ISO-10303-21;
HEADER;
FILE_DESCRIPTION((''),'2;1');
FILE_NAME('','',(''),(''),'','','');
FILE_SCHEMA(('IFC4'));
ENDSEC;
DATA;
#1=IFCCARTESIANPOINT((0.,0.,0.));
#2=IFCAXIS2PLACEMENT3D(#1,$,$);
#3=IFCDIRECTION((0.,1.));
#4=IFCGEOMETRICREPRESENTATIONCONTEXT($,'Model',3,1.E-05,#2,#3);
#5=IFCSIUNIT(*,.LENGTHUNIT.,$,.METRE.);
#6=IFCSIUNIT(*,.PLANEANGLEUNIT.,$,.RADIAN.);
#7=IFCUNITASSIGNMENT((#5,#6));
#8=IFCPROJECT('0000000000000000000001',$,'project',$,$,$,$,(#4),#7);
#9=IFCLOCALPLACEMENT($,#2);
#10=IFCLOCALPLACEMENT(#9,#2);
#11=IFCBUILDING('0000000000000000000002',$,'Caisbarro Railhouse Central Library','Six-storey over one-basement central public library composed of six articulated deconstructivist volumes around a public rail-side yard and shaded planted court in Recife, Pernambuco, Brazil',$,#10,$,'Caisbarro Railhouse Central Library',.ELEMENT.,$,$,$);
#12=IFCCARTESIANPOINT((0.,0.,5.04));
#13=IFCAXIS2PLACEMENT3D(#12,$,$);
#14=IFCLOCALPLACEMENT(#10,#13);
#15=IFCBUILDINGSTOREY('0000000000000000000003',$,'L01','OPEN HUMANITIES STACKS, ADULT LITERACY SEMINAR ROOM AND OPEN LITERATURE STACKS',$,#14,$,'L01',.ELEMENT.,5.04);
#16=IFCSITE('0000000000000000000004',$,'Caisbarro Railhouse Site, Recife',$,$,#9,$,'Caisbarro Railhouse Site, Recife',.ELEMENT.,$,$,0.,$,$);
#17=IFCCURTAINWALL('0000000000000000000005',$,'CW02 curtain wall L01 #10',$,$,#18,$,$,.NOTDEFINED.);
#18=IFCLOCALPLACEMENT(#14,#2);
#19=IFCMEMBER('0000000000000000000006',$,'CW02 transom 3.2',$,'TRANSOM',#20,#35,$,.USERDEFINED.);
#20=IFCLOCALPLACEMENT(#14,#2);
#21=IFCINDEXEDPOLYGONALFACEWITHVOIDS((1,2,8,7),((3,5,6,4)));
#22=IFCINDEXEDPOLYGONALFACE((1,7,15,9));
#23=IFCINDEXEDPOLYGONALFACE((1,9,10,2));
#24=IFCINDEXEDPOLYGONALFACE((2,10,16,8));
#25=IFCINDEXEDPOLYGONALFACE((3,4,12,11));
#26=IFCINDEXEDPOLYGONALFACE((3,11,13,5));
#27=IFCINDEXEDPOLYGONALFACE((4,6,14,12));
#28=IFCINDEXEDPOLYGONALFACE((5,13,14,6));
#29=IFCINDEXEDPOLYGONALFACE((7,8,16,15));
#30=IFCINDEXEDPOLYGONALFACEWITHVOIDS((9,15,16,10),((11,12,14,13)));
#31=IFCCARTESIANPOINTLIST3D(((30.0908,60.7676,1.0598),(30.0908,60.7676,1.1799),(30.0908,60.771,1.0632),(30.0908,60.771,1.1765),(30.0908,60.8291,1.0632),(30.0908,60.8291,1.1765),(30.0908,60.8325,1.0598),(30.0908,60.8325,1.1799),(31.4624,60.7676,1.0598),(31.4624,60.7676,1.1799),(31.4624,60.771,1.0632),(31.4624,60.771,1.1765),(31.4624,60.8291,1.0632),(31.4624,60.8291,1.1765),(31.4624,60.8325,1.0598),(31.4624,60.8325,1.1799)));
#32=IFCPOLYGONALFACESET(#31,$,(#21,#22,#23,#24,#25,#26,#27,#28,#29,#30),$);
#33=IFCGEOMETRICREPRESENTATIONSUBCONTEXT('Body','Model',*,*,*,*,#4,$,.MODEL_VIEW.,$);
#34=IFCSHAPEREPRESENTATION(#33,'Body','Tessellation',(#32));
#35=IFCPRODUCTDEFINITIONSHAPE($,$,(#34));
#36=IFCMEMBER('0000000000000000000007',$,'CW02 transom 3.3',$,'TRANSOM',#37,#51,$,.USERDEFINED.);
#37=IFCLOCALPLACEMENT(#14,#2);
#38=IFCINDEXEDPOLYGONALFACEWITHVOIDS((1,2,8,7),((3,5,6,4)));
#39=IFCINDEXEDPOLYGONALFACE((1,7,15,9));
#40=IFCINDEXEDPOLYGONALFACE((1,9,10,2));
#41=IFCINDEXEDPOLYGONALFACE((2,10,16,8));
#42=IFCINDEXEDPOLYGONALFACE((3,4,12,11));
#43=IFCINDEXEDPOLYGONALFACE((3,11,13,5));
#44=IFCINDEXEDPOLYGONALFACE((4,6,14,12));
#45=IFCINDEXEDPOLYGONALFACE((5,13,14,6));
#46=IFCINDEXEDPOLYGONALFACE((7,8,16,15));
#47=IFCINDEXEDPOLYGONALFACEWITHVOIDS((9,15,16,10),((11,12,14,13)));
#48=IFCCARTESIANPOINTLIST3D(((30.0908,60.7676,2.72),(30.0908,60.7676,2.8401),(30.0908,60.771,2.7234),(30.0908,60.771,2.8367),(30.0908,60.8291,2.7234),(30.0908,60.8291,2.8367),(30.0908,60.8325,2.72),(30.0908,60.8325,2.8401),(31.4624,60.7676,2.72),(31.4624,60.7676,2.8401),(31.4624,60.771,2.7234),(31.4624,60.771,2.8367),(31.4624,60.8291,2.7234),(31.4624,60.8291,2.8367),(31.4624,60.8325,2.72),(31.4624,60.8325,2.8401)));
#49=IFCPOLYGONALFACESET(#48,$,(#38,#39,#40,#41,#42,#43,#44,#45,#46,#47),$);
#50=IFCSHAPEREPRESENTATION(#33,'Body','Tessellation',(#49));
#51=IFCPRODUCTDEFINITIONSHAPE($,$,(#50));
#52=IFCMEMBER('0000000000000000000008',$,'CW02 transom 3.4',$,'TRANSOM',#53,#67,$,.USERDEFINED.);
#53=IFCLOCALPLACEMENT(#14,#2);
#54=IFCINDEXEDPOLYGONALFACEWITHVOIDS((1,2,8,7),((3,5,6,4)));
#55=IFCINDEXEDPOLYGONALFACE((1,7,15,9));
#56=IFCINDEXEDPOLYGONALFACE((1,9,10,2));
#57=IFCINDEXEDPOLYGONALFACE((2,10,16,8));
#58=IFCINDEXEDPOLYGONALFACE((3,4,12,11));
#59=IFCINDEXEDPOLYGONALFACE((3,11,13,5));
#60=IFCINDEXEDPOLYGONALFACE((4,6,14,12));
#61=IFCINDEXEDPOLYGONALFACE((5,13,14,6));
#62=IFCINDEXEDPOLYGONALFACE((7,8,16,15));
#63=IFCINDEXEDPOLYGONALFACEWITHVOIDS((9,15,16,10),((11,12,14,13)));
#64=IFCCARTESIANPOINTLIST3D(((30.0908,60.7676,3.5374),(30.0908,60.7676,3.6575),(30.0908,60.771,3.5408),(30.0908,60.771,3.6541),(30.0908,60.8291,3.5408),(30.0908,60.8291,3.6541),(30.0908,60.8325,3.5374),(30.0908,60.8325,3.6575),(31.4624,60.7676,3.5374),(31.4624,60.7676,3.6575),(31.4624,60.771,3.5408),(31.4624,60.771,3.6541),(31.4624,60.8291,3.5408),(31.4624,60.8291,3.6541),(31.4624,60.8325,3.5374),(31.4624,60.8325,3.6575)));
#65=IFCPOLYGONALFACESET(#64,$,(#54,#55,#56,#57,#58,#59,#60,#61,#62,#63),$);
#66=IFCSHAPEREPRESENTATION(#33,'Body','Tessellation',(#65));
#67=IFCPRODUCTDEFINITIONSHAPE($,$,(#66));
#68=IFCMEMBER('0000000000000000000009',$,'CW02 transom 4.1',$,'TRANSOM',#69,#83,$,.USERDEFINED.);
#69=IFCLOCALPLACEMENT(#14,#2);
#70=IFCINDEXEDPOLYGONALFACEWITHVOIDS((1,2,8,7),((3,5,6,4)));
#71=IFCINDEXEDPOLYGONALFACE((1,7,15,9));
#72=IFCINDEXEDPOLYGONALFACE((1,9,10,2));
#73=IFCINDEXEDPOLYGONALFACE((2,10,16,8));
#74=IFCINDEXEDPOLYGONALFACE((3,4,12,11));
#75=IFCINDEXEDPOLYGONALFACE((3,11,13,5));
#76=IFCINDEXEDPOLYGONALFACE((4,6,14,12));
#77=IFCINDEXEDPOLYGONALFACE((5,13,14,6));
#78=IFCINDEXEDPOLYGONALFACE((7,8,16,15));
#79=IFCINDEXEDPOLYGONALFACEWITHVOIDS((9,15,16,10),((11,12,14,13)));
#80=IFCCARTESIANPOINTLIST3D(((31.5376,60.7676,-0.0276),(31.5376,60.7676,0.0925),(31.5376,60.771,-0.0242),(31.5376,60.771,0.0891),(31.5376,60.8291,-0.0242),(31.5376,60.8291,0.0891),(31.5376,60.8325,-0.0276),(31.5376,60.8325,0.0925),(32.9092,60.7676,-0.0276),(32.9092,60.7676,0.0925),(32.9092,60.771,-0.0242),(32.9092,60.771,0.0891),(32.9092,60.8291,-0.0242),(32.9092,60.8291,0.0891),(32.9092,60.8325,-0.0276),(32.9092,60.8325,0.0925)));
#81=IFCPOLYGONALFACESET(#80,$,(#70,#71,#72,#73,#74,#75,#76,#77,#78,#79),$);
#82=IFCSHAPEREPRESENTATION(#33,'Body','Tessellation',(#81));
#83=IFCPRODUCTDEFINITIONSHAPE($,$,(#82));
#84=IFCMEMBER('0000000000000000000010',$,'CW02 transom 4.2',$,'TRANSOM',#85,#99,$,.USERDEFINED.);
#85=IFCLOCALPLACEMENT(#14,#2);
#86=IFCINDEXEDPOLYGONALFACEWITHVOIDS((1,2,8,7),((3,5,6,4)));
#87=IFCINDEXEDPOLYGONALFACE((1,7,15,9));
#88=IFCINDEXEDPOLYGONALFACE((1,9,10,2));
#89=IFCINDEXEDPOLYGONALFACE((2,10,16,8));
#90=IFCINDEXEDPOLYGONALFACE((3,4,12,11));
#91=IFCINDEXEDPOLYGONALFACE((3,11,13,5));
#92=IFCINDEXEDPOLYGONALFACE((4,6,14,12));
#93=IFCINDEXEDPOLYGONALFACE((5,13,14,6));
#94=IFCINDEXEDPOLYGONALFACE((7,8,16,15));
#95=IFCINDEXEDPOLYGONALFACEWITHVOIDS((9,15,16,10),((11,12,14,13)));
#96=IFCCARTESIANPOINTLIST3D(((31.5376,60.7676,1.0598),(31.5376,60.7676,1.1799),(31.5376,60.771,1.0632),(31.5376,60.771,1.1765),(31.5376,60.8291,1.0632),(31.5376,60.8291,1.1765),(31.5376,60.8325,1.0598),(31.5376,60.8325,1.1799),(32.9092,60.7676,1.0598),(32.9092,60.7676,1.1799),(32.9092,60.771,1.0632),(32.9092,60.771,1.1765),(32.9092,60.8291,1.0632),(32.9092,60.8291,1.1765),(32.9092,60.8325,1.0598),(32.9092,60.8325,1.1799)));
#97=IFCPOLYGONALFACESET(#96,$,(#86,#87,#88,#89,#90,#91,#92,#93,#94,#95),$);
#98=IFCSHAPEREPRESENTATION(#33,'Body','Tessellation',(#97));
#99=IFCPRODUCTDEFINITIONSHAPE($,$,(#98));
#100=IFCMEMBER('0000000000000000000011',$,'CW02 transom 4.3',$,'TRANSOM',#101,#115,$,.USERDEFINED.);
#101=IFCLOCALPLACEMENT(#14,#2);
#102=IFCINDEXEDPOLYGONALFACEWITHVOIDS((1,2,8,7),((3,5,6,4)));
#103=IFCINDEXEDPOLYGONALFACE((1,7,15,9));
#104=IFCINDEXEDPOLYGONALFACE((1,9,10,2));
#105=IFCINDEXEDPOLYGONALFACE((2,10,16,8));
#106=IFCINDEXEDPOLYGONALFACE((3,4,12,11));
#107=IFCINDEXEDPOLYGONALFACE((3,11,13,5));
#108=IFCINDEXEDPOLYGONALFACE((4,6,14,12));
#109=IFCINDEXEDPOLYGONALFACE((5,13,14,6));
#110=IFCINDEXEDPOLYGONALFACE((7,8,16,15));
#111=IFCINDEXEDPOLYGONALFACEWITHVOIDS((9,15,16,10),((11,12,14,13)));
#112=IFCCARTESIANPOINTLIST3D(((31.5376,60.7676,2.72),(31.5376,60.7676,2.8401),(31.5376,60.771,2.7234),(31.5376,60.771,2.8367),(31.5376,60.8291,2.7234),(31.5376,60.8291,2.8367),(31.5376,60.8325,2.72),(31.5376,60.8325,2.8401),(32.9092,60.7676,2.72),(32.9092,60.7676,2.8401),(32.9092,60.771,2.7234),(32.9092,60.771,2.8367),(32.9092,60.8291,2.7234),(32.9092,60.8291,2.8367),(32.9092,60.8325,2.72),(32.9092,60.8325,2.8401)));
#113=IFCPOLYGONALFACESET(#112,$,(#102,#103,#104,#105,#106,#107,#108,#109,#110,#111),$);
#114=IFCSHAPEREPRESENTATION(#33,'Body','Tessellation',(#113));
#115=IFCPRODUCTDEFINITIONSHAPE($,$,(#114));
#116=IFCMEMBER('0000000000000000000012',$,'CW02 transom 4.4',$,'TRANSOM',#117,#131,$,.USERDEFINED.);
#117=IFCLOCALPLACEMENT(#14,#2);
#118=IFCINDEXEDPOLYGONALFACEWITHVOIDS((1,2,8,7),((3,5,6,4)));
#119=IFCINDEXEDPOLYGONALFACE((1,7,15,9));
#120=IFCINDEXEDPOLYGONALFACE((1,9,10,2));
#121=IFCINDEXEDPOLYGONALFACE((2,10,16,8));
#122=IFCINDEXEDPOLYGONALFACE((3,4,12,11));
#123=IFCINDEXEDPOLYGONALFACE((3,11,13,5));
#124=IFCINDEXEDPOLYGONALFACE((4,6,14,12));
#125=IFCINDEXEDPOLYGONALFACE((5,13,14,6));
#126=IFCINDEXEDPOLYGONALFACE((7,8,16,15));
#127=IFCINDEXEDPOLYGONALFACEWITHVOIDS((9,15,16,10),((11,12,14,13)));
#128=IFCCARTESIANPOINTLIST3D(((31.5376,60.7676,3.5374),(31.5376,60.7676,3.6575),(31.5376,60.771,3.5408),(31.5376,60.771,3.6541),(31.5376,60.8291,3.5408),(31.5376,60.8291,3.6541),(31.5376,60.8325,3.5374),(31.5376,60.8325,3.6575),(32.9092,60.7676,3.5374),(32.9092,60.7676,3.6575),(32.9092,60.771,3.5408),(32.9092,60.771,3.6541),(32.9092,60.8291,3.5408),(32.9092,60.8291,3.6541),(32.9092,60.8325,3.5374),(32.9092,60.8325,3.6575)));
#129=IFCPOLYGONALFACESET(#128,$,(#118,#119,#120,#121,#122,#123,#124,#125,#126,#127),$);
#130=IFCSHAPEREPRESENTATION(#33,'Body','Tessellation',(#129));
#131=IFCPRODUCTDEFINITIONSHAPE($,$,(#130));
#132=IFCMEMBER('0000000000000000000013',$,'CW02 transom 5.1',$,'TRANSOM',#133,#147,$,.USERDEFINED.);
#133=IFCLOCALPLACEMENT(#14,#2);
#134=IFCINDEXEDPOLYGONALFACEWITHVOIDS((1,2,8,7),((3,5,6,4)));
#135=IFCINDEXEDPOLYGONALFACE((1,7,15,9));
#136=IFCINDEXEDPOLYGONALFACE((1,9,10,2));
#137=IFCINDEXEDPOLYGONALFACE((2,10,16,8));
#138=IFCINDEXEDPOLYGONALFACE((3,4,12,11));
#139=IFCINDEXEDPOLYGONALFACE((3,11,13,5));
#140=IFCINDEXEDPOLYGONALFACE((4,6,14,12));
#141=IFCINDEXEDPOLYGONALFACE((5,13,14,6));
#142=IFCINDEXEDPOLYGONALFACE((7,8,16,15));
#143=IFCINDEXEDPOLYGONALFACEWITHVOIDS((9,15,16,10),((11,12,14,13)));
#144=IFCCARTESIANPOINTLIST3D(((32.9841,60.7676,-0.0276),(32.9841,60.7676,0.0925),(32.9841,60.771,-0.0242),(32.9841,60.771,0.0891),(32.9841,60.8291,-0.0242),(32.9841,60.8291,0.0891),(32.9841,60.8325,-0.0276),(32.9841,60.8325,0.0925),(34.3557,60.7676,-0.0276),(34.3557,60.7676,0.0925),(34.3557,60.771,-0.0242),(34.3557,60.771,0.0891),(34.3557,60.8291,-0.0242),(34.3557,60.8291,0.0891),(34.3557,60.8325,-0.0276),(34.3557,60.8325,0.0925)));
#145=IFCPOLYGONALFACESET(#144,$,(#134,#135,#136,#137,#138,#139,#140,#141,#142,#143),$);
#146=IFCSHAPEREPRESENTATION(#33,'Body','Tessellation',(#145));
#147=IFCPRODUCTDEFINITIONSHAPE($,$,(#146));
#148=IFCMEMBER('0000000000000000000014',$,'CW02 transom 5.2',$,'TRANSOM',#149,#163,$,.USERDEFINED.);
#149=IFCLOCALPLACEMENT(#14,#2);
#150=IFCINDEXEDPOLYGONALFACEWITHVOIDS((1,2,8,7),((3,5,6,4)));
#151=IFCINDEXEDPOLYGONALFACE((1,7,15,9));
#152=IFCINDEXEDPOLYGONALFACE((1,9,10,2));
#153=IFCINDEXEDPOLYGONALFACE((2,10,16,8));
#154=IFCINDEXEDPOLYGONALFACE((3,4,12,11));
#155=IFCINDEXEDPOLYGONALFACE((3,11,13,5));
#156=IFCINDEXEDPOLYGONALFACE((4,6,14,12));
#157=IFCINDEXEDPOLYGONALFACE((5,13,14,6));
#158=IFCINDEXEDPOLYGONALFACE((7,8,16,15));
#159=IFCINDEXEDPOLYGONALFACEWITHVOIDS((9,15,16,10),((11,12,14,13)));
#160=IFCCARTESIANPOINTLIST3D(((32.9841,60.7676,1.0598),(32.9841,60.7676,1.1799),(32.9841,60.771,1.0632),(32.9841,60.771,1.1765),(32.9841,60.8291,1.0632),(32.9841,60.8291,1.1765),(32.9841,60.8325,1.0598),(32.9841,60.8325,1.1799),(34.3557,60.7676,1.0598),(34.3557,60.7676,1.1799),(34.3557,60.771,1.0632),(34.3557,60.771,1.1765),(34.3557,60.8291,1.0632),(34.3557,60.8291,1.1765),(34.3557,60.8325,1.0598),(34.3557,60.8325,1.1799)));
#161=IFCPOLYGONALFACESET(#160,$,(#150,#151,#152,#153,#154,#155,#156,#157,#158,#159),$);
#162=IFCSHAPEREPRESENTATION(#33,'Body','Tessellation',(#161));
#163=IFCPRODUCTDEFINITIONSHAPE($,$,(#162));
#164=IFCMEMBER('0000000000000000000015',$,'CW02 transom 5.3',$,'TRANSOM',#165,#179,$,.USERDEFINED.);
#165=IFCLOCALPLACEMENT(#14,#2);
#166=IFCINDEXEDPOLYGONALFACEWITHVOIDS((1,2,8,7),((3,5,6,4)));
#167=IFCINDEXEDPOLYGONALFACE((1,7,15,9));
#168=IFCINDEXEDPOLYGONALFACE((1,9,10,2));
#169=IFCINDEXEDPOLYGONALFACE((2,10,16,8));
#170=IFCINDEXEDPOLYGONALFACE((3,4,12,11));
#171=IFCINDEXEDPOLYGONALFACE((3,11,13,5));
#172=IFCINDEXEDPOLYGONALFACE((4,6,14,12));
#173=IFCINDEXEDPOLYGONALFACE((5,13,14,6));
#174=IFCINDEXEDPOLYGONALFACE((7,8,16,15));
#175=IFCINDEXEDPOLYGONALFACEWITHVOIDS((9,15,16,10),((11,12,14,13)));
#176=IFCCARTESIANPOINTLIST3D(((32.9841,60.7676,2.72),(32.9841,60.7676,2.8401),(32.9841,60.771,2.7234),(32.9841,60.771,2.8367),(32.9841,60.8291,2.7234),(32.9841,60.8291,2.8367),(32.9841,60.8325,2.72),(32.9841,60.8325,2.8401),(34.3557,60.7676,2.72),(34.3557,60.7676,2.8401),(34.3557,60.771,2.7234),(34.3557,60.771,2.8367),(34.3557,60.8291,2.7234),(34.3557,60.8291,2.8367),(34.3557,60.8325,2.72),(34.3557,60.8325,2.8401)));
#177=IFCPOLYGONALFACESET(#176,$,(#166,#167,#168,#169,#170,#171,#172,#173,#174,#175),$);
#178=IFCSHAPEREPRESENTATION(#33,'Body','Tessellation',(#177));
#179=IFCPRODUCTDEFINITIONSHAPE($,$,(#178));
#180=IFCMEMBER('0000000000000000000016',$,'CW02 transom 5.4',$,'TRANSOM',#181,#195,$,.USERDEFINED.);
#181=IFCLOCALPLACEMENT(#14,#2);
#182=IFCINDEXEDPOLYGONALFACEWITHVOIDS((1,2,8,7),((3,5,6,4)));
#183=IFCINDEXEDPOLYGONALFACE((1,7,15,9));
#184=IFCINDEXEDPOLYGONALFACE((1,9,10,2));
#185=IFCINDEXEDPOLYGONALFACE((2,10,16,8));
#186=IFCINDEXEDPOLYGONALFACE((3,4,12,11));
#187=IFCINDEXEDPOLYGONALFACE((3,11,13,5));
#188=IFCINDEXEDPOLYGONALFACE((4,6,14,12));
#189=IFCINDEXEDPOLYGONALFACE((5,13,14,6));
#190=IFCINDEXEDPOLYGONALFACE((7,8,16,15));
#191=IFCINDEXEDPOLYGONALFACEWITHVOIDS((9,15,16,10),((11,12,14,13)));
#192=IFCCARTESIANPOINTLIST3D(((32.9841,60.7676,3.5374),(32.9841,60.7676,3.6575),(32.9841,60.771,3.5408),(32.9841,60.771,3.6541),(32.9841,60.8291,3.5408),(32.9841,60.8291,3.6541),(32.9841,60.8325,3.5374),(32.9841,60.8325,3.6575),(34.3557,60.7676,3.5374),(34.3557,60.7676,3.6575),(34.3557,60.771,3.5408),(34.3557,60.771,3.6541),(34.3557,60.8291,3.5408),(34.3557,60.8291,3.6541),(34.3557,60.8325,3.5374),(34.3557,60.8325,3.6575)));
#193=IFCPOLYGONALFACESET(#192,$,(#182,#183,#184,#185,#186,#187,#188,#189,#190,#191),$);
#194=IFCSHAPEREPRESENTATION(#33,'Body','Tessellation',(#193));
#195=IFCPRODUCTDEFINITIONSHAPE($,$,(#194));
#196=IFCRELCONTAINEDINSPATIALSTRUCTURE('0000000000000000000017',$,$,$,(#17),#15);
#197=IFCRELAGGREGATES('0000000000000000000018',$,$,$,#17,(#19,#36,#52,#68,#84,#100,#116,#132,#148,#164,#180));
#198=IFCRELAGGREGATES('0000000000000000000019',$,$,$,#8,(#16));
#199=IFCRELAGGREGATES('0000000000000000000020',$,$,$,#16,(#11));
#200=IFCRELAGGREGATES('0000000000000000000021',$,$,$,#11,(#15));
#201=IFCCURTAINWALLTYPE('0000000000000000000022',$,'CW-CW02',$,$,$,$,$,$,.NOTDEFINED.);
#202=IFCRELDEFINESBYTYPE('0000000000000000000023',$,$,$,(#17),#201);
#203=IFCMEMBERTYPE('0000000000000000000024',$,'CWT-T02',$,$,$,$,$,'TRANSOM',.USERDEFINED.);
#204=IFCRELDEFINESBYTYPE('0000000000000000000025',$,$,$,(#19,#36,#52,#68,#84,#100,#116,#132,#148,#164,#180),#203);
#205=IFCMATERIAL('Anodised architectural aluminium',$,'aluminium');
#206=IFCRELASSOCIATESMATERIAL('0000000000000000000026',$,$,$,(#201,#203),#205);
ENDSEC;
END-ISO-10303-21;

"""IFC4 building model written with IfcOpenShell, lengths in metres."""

from ifc_helpers import new_model, si_unit, direction, frame, origin, origin_2d, place, context, subcontext, project, spatial, hollow_rectangle, extrude, material, material_profile, profile_set, type_object, element, aggregate, save


model = new_model("IFC4")

# Units and contexts
model_context = context("Model", 3, precision=1e-05, world=origin(), true_north=direction((0.0, 1.0)))
body_context = subcontext(model_context, "Body", "Model", "MODEL_VIEW")
ifc_project = project(units=[si_unit("LENGTHUNIT", "METRE"), si_unit("PLANEANGLEUNIT", "RADIAN")], contexts=[model_context])

# Site, building, storey
site_placement = place(None, origin())
site = spatial("IfcSite", under=ifc_project, at=site_placement, Name="Caisbarro Railhouse Site, Recife", LongName="Caisbarro Railhouse Site, Recife", CompositionType="ELEMENT", RefElevation=0.0)
building_placement = place(site_placement, origin())
building = spatial("IfcBuilding", under=site, at=building_placement, Name="Caisbarro Railhouse Central Library", Description="Six-storey over one-basement central public library composed of six articulated deconstructivist volumes around a public rail-side yard and shaded planted court in Recife, Pernambuco, Brazil", LongName="Caisbarro Railhouse Central Library", CompositionType="ELEMENT")
storey_placement = place(building_placement, frame((0.0, 0.0, 5.04)))
storey = spatial("IfcBuildingStorey", under=building, at=storey_placement, Name="L01", Description="OPEN HUMANITIES STACKS, ADULT LITERACY SEMINAR ROOM AND OPEN LITERATURE STACKS", LongName="L01", CompositionType="ELEMENT", Elevation=5.04)

# Curtain wall, members
ifc_material_1 = material(Name="Anodised architectural aluminium", Category="aluminium")
curtain_wall_type = type_object("IfcCurtainWallType", Name="CW-CW02", PredefinedType="NOTDEFINED", material=ifc_material_1)
curtain_wall_placement = place(storey_placement, origin())
curtain_wall = element("IfcCurtainWall", 1, at=curtain_wall_placement, inside=storey, type_object=curtain_wall_type, Name="CW02 curtain wall L01 #10", PredefinedType="NOTDEFINED")
ifc_material_profile_1 = material_profile(ifc_material_1, hollow_rectangle(XDim=0.0649, YDim=0.1201, WallThickness=0.0034, at=origin_2d()), Name="ALU-TRN-65X120")
ifc_profile_set_1 = profile_set([ifc_material_profile_1], Name="Anodised architectural aluminium")
member_type_1 = type_object("IfcMemberType", Name="CWT-T02", ElementType="TRANSOM", PredefinedType="USERDEFINED", material=ifc_profile_set_1)
member_1_placement = place(storey_placement, frame((30.0908, 60.8, 1.1199), z_axis=(1.0, 0.0, 0.0), x_axis=(0.0, 1.0, 0.0)))
member_1 = element("IfcMember", 2, at=member_1_placement, type_object=member_type_1, Name="CW02 transom 3.2", ObjectType="TRANSOM", PredefinedType="USERDEFINED", context=body_context, shape_type="SweptSolid", body=[
    extrude(hollow_rectangle(XDim=0.0649, YDim=0.1201, WallThickness=0.0034, at=origin_2d()), origin(), (0.0, 0.0, 1.0), 1.3716),
])
member_2_placement = place(storey_placement, frame((30.0908, 60.8, 2.78), z_axis=(1.0, 0.0, 0.0), x_axis=(0.0, 1.0, 0.0)))
member_2 = element("IfcMember", 3, at=member_2_placement, type_object=member_type_1, Name="CW02 transom 3.3", ObjectType="TRANSOM", PredefinedType="USERDEFINED", context=body_context, shape_type="SweptSolid", body=[
    extrude(hollow_rectangle(XDim=0.0649, YDim=0.1201, WallThickness=0.0034, at=origin_2d()), origin(), (0.0, 0.0, 1.0), 1.3716),
])
member_3_placement = place(storey_placement, frame((30.0908, 60.8, 3.5974), z_axis=(1.0, 0.0, 0.0), x_axis=(0.0, 1.0, 0.0)))
member_3 = element("IfcMember", 4, at=member_3_placement, type_object=member_type_1, Name="CW02 transom 3.4", ObjectType="TRANSOM", PredefinedType="USERDEFINED", context=body_context, shape_type="SweptSolid", body=[
    extrude(hollow_rectangle(XDim=0.0649, YDim=0.1201, WallThickness=0.0034, at=origin_2d()), origin(), (0.0, 0.0, 1.0), 1.3716),
])
member_4_placement = place(storey_placement, frame((31.5376, 60.8, 0.0325), z_axis=(1.0, 0.0, 0.0), x_axis=(0.0, 1.0, 0.0)))
member_4 = element("IfcMember", 5, at=member_4_placement, type_object=member_type_1, Name="CW02 transom 4.1", ObjectType="TRANSOM", PredefinedType="USERDEFINED", context=body_context, shape_type="SweptSolid", body=[
    extrude(hollow_rectangle(XDim=0.0649, YDim=0.1201, WallThickness=0.0034, at=origin_2d()), origin(), (0.0, 0.0, 1.0), 1.3716),
])
member_5_placement = place(storey_placement, frame((31.5376, 60.8, 1.1199), z_axis=(1.0, 0.0, 0.0), x_axis=(0.0, 1.0, 0.0)))
member_5 = element("IfcMember", 6, at=member_5_placement, type_object=member_type_1, Name="CW02 transom 4.2", ObjectType="TRANSOM", PredefinedType="USERDEFINED", context=body_context, shape_type="SweptSolid", body=[
    extrude(hollow_rectangle(XDim=0.0649, YDim=0.1201, WallThickness=0.0034, at=origin_2d()), origin(), (0.0, 0.0, 1.0), 1.3716),
])
member_6_placement = place(storey_placement, frame((31.5376, 60.8, 2.78), z_axis=(1.0, 0.0, 0.0), x_axis=(0.0, 1.0, 0.0)))
member_6 = element("IfcMember", 7, at=member_6_placement, type_object=member_type_1, Name="CW02 transom 4.3", ObjectType="TRANSOM", PredefinedType="USERDEFINED", context=body_context, shape_type="SweptSolid", body=[
    extrude(hollow_rectangle(XDim=0.0649, YDim=0.1201, WallThickness=0.0034, at=origin_2d()), origin(), (0.0, 0.0, 1.0), 1.3716),
])
member_7_placement = place(storey_placement, frame((31.5376, 60.8, 3.5974), z_axis=(1.0, 0.0, 0.0), x_axis=(0.0, 1.0, 0.0)))
member_7 = element("IfcMember", 8, at=member_7_placement, type_object=member_type_1, Name="CW02 transom 4.4", ObjectType="TRANSOM", PredefinedType="USERDEFINED", context=body_context, shape_type="SweptSolid", body=[
    extrude(hollow_rectangle(XDim=0.0649, YDim=0.1201, WallThickness=0.0034, at=origin_2d()), origin(), (0.0, 0.0, 1.0), 1.3716),
])
member_8_placement = place(storey_placement, frame((32.9841, 60.8, 0.0325), z_axis=(1.0, 0.0, 0.0), x_axis=(0.0, 1.0, 0.0)))
member_8 = element("IfcMember", 9, at=member_8_placement, type_object=member_type_1, Name="CW02 transom 5.1", ObjectType="TRANSOM", PredefinedType="USERDEFINED", context=body_context, shape_type="SweptSolid", body=[
    extrude(hollow_rectangle(XDim=0.0649, YDim=0.1201, WallThickness=0.0034, at=origin_2d()), origin(), (0.0, 0.0, 1.0), 1.3716),
])
member_9_placement = place(storey_placement, frame((32.9841, 60.8, 1.1199), z_axis=(1.0, 0.0, 0.0), x_axis=(0.0, 1.0, 0.0)))
member_9 = element("IfcMember", 10, at=member_9_placement, type_object=member_type_1, Name="CW02 transom 5.2", ObjectType="TRANSOM", PredefinedType="USERDEFINED", context=body_context, shape_type="SweptSolid", body=[
    extrude(hollow_rectangle(XDim=0.0649, YDim=0.1201, WallThickness=0.0034, at=origin_2d()), origin(), (0.0, 0.0, 1.0), 1.3716),
])
member_10_placement = place(storey_placement, frame((32.9841, 60.8, 2.78), z_axis=(1.0, 0.0, 0.0), x_axis=(0.0, 1.0, 0.0)))
member_10 = element("IfcMember", 11, at=member_10_placement, type_object=member_type_1, Name="CW02 transom 5.3", ObjectType="TRANSOM", PredefinedType="USERDEFINED", context=body_context, shape_type="SweptSolid", body=[
    extrude(hollow_rectangle(XDim=0.0649, YDim=0.1201, WallThickness=0.0034, at=origin_2d()), origin(), (0.0, 0.0, 1.0), 1.3716),
])
member_11_placement = place(storey_placement, frame((32.9841, 60.8, 3.5974), z_axis=(1.0, 0.0, 0.0), x_axis=(0.0, 1.0, 0.0)))
member_11 = element("IfcMember", 12, at=member_11_placement, type_object=member_type_1, Name="CW02 transom 5.4", ObjectType="TRANSOM", PredefinedType="USERDEFINED", context=body_context, shape_type="SweptSolid", body=[
    extrude(hollow_rectangle(XDim=0.0649, YDim=0.1201, WallThickness=0.0034, at=origin_2d()), origin(), (0.0, 0.0, 1.0), 1.3716),
])
aggregate(curtain_wall, [member_1, member_2, member_3, member_4, member_5, member_6, member_7, member_8, member_9, member_10, member_11])

save(model, "model.ifc")
